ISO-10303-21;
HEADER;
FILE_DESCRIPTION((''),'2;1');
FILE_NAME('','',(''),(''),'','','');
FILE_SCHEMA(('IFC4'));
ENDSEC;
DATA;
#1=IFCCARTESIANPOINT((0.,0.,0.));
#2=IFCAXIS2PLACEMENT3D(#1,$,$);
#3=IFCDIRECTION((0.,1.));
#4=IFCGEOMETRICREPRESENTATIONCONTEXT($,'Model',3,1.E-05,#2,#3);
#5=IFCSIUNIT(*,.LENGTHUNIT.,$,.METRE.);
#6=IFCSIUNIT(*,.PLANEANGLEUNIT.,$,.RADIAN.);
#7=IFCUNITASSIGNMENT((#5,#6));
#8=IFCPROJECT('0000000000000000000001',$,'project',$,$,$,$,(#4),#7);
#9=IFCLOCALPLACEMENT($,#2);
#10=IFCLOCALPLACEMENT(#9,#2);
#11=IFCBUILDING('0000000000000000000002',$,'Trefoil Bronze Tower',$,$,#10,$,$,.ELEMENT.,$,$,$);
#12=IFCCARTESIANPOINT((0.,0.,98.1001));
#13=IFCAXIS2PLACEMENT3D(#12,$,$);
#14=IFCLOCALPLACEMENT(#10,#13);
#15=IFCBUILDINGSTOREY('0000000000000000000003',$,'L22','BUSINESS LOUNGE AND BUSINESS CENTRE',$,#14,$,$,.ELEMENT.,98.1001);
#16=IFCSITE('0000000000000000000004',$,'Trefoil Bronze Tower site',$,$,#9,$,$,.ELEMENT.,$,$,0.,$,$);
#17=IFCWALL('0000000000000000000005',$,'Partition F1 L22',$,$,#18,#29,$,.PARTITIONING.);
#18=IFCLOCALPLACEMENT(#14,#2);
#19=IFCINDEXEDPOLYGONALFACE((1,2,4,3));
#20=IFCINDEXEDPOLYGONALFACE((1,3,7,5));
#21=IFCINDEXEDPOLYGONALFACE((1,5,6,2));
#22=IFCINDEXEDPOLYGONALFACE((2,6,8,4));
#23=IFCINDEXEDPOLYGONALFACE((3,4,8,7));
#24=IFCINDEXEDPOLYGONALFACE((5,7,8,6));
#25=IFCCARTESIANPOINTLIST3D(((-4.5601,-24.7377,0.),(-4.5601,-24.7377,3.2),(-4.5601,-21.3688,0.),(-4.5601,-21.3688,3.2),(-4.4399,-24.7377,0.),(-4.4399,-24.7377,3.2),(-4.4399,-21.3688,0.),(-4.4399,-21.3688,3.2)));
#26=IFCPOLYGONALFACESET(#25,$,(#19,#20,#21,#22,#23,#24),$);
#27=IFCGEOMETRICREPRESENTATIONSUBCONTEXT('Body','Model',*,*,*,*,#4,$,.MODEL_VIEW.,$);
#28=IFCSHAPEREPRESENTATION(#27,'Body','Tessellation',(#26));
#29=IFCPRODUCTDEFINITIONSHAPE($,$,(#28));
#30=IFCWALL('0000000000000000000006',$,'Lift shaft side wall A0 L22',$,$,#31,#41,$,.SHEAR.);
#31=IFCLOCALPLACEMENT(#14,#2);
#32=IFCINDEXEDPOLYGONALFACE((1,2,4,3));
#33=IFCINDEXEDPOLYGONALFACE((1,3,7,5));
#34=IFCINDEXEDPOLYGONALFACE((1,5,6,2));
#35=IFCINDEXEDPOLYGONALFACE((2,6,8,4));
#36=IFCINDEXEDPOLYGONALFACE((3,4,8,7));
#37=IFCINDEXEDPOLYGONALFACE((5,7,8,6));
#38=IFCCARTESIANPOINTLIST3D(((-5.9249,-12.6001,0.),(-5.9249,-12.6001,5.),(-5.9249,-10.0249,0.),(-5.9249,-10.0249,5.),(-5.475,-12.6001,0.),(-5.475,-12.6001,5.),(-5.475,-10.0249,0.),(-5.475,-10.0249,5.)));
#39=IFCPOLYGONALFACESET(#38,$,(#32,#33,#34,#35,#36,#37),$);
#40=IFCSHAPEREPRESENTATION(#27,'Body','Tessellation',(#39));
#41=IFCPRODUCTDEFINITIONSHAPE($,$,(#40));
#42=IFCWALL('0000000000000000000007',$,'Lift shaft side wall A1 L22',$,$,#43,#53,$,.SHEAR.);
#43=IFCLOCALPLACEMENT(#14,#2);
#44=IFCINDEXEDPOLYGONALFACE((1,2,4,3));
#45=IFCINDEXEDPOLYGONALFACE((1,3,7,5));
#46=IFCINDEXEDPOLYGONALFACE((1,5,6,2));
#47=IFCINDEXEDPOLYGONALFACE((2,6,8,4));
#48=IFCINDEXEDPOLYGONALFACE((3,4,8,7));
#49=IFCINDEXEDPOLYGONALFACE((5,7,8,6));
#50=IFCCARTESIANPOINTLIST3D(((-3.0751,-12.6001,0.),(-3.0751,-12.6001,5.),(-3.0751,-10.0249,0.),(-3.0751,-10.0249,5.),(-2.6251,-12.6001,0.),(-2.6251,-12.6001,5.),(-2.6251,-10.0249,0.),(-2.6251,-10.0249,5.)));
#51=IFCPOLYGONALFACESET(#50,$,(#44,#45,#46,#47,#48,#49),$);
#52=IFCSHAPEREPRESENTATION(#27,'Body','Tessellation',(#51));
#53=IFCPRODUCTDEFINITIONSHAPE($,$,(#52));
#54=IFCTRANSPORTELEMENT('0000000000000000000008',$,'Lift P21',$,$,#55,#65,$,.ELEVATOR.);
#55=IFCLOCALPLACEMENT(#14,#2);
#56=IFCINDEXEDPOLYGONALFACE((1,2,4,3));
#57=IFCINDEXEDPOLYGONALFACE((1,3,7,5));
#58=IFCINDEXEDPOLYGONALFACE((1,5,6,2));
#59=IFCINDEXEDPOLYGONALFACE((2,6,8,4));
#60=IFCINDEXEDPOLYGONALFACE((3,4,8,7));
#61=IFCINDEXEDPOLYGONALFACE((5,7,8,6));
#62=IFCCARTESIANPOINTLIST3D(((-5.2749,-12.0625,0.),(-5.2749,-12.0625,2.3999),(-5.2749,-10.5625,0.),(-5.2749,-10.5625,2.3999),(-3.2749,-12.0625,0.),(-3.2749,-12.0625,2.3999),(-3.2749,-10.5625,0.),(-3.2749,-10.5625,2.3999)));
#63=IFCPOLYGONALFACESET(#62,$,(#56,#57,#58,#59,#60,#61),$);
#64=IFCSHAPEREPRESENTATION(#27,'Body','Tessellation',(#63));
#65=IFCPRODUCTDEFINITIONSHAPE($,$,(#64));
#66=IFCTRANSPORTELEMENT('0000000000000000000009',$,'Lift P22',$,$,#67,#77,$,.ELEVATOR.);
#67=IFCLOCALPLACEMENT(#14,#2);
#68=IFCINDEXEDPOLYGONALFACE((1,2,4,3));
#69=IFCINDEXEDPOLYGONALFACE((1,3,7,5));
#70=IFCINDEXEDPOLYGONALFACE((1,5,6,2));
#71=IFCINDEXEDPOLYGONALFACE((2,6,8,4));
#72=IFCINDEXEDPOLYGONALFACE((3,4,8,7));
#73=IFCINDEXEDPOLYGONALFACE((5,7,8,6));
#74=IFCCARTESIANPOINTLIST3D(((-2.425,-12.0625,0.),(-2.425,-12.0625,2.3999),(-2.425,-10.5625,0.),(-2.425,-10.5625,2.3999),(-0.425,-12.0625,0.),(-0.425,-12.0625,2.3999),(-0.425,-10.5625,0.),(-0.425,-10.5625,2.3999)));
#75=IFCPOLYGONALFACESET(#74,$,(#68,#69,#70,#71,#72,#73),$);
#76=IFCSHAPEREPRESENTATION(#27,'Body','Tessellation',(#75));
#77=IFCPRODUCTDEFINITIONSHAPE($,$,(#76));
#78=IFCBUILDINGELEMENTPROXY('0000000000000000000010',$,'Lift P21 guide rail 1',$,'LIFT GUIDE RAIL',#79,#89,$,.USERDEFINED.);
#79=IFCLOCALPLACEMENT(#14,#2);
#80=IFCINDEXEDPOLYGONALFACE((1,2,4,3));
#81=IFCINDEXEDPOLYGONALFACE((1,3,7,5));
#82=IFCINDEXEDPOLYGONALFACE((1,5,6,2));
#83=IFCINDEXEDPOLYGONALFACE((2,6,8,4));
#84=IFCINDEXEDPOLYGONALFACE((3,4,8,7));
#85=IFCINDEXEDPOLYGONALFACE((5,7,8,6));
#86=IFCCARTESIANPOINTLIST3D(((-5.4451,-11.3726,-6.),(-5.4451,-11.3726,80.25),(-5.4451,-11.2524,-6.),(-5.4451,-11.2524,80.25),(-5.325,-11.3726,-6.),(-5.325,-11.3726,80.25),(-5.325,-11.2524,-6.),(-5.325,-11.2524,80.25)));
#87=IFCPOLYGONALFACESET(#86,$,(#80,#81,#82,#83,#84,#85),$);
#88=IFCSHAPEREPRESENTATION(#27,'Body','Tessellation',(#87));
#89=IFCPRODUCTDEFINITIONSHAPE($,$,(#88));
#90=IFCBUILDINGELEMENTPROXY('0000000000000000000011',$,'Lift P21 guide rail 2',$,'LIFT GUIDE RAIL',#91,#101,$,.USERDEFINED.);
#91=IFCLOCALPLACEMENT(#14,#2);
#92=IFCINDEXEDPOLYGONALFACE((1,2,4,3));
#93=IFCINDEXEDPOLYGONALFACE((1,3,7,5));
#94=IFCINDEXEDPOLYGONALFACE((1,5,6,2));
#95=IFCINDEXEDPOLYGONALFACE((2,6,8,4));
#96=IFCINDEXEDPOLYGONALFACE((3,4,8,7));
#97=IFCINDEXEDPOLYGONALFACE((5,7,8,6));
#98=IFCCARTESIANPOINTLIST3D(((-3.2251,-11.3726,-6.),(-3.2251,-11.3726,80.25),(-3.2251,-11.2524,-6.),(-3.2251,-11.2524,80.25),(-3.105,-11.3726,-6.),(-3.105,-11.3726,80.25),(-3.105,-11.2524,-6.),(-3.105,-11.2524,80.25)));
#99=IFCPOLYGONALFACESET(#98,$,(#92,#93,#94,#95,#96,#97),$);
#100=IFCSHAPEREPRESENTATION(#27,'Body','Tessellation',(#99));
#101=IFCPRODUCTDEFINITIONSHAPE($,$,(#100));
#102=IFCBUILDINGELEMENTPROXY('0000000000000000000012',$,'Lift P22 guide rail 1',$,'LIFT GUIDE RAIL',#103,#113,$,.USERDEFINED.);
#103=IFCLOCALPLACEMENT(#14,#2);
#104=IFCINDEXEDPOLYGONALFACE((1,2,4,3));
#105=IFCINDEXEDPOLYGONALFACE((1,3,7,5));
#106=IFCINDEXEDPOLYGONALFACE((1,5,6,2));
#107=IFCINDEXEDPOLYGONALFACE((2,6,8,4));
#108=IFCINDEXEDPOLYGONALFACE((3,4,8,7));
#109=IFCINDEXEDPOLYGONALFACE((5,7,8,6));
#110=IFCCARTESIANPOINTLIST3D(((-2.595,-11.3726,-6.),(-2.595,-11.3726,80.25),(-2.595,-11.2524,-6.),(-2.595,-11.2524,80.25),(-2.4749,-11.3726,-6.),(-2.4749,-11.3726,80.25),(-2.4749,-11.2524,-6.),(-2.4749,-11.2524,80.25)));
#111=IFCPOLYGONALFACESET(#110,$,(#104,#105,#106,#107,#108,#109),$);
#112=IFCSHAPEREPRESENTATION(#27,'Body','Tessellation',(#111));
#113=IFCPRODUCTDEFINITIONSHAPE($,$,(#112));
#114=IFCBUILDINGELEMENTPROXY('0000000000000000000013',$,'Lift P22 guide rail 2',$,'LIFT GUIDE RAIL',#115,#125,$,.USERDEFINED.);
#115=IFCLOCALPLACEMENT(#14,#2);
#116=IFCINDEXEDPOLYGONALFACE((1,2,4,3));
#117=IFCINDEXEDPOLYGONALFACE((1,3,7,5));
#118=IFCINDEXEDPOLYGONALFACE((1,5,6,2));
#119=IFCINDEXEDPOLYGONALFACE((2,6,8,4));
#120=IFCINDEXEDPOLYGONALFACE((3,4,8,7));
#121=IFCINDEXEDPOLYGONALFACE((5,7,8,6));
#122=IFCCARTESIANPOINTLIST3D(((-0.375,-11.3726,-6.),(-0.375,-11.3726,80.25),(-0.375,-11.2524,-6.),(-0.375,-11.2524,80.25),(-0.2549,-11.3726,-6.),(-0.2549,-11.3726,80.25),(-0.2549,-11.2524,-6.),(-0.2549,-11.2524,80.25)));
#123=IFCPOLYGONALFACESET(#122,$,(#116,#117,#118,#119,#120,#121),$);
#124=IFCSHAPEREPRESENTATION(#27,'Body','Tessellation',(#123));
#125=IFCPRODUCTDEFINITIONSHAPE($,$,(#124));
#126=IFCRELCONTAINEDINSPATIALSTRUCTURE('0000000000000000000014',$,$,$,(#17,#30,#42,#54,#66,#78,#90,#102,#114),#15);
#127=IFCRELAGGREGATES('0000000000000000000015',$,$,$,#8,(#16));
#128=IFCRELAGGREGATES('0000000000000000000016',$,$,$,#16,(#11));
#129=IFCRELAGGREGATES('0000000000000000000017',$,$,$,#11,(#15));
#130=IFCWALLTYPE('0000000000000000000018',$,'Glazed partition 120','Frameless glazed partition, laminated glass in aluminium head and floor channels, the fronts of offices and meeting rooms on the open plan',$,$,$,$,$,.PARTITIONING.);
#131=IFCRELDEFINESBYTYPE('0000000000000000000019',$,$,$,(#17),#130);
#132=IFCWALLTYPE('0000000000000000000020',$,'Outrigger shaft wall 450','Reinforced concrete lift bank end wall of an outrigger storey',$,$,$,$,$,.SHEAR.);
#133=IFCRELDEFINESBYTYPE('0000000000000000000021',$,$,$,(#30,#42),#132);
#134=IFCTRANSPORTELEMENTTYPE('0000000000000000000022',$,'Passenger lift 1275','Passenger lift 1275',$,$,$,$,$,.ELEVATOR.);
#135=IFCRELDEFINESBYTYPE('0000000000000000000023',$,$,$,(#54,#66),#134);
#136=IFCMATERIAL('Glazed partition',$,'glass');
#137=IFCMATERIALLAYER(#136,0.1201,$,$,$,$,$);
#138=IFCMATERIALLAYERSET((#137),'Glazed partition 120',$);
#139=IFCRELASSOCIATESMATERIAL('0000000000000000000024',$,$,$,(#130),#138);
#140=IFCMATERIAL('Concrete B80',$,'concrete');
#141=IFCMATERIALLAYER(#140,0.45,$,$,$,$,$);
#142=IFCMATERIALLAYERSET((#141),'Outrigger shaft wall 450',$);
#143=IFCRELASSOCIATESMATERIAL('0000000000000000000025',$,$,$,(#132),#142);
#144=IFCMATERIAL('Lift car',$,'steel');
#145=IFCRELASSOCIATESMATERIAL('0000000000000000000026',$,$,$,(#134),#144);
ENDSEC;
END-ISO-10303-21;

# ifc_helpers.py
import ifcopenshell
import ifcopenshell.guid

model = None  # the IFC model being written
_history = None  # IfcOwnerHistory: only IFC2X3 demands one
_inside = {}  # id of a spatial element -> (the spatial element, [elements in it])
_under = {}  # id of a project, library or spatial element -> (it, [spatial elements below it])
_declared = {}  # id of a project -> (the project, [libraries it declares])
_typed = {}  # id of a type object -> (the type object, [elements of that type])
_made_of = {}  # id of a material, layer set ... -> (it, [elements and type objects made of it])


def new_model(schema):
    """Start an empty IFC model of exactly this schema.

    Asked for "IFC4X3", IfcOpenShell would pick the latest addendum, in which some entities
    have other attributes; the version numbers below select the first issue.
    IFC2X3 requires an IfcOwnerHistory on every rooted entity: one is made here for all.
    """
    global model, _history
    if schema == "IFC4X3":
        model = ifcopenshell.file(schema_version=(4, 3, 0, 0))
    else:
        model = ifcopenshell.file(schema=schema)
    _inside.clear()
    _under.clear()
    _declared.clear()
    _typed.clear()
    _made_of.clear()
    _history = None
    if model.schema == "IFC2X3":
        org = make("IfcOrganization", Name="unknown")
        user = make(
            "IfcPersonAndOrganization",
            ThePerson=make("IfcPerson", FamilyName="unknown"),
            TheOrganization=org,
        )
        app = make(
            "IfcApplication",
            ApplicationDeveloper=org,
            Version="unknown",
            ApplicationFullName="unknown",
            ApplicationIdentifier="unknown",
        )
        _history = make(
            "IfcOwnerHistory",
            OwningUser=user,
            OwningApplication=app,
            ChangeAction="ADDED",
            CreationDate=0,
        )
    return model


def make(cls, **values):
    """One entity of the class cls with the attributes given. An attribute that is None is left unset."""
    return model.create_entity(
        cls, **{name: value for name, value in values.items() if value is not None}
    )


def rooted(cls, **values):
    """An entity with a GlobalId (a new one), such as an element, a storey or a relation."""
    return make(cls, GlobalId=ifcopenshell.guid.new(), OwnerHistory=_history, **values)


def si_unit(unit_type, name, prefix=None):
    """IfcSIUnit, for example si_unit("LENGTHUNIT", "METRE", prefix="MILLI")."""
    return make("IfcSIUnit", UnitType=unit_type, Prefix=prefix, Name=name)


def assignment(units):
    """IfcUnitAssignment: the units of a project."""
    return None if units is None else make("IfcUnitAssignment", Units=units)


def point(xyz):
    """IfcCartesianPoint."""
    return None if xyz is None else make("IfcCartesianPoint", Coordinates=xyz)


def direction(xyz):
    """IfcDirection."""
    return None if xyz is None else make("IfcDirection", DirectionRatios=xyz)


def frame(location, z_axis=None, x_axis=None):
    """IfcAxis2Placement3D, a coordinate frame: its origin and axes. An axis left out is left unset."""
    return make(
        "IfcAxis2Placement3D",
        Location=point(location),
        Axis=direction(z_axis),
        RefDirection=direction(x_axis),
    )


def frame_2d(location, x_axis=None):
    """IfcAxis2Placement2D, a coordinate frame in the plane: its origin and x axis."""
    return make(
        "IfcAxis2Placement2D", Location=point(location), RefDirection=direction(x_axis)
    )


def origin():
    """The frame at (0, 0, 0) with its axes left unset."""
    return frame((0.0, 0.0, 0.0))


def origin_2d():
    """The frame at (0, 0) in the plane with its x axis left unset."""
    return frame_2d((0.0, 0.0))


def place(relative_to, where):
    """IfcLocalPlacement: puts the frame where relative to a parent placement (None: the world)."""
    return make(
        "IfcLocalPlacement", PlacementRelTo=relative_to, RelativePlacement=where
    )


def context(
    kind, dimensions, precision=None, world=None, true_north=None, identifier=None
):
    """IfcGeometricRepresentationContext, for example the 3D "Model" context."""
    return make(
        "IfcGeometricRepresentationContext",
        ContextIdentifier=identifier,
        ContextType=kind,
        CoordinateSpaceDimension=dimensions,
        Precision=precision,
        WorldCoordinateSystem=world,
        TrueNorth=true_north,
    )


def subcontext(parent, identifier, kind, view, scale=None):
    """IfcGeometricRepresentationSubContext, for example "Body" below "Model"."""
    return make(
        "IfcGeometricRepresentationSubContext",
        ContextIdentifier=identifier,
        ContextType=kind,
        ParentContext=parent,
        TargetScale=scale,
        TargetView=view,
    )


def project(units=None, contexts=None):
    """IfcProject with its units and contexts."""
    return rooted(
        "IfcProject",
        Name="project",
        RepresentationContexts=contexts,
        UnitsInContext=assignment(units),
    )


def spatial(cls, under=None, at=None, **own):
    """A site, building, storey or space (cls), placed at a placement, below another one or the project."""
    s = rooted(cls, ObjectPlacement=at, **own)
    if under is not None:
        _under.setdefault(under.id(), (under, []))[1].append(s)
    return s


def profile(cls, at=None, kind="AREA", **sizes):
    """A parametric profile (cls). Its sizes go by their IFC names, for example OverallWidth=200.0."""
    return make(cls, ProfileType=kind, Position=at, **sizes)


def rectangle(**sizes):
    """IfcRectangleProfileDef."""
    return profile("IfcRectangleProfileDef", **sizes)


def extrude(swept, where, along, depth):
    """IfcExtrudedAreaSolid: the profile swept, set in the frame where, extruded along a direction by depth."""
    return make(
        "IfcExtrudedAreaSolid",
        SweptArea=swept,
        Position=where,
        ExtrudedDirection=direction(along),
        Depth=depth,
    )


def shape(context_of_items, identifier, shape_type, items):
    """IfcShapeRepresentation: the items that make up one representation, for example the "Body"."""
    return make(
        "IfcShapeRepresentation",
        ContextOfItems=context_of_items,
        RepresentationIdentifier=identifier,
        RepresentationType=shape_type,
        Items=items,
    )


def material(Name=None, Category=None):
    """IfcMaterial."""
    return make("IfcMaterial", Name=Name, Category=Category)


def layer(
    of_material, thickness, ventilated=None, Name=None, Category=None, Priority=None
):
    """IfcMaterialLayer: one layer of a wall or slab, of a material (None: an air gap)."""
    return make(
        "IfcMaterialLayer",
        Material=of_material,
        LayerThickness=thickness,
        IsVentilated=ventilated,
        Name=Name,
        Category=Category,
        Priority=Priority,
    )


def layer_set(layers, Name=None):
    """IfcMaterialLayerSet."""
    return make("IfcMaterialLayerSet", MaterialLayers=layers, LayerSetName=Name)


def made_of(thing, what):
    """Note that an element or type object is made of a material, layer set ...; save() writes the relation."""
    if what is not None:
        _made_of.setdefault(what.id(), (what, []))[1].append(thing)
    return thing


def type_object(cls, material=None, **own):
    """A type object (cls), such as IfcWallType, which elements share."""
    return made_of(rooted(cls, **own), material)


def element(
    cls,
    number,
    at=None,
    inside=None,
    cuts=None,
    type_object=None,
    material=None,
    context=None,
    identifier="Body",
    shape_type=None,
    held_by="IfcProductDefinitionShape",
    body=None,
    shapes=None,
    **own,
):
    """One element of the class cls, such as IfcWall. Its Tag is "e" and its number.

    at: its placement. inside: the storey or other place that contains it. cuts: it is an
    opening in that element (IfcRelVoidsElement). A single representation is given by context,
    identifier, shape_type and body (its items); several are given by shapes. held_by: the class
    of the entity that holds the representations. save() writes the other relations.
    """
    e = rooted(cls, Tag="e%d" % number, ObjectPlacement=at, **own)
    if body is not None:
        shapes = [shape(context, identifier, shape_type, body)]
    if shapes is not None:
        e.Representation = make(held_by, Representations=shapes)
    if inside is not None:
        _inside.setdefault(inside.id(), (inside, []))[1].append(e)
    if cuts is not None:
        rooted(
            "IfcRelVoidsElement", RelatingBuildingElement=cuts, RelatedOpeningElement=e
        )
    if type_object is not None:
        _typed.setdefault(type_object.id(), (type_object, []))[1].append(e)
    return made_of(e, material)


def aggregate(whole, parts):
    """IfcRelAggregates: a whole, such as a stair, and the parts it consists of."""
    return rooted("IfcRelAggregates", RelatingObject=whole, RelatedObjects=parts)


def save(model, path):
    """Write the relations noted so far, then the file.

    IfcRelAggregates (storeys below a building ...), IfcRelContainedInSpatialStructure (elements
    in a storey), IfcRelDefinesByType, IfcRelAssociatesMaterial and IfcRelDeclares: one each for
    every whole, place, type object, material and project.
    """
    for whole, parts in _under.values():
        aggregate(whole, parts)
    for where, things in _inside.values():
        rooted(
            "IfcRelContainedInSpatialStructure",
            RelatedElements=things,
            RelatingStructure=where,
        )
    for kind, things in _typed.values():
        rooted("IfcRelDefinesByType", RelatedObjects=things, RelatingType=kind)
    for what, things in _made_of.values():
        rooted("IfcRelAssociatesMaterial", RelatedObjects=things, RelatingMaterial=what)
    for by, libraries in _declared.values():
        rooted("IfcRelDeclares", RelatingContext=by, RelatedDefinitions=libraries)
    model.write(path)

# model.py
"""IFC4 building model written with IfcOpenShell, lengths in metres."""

from ifc_helpers import new_model, si_unit, direction, frame, frame_2d, origin, origin_2d, place, context, subcontext, project, spatial, rectangle, extrude, material, layer, layer_set, type_object, element, save


model = new_model("IFC4")

# Units and contexts
model_context = context("Model", 3, precision=1e-05, world=origin(), true_north=direction((0.0, 1.0)))
body_context = subcontext(model_context, "Body", "Model", "MODEL_VIEW")
ifc_project = project(units=[si_unit("LENGTHUNIT", "METRE"), si_unit("PLANEANGLEUNIT", "RADIAN")], contexts=[model_context])

# Site, building, storey
site_placement = place(None, origin())
site = spatial("IfcSite", under=ifc_project, at=site_placement, Name="Trefoil Bronze Tower site", CompositionType="ELEMENT", RefElevation=0.0)
building_placement = place(site_placement, origin())
building = spatial("IfcBuilding", under=site, at=building_placement, Name="Trefoil Bronze Tower", CompositionType="ELEMENT")
storey_placement = place(building_placement, frame((0.0, 0.0, 98.1001)))
storey = spatial("IfcBuildingStorey", under=building, at=storey_placement, Name="L22", Description="BUSINESS LOUNGE AND BUSINESS CENTRE", CompositionType="ELEMENT", Elevation=98.1001)

# Shared definitions
ifc_material_1 = material(Name="Glazed partition", Category="glass")
ifc_layer_1 = layer(ifc_material_1, 0.1201)
ifc_layer_set_1 = layer_set([ifc_layer_1], Name="Glazed partition 120")
wall_type_1 = type_object("IfcWallType", Name="Glazed partition 120", Description="Frameless glazed partition, laminated glass in aluminium head and floor channels, the fronts of offices and meeting rooms on the open plan", PredefinedType="PARTITIONING", material=ifc_layer_set_1)

# Walls
wall_1_placement = place(storey_placement, frame((-4.5, -21.3687, 0.0), z_axis=(0.0, 0.0, 1.0), x_axis=(0.0, -1.0, 0.0)))
element("IfcWall", 1, at=wall_1_placement, inside=storey, type_object=wall_type_1, Name="Partition F1 L22", PredefinedType="PARTITIONING", context=body_context, shape_type="SweptSolid", body=[
    extrude(rectangle(XDim=3.3689, YDim=0.1201, at=frame_2d((1.6846, 0.0))), origin(), (0.0, 0.0, 1.0), 3.2),
])
ifc_material_2 = material(Name="Concrete B80", Category="concrete")
ifc_layer_2 = layer(ifc_material_2, 0.45)
ifc_layer_set_2 = layer_set([ifc_layer_2], Name="Outrigger shaft wall 450")
wall_type_2 = type_object("IfcWallType", Name="Outrigger shaft wall 450", Description="Reinforced concrete lift bank end wall of an outrigger storey", PredefinedType="SHEAR", material=ifc_layer_set_2)
for number, where, z_axis, x_axis, name in (
    (2, (-5.7, -10.0249, 0.0), (0.0, 0.0, 1.0), (0.0, -1.0, 0.0), "Lift shaft side wall A0 L22"),
    (3, (-2.8501, -10.0249, 0.0), (0.0, 0.0, 1.0), (0.0, -1.0, 0.0), "Lift shaft side wall A1 L22"),
):
    element("IfcWall", number, at=place(storey_placement, frame(where, z_axis=z_axis, x_axis=x_axis)), inside=storey, type_object=wall_type_2, Name=name, PredefinedType="SHEAR", context=body_context, shape_type="SweptSolid", body=[
        extrude(rectangle(XDim=2.5752, YDim=0.45, at=frame_2d((1.2876, 0.0))), origin(), (0.0, 0.0, 1.0), 5.0),
    ])

# Transport elements
ifc_material_3 = material(Name="Lift car", Category="steel")
transport_element_type = type_object("IfcTransportElementType", Name="Passenger lift 1275", Description="Passenger lift 1275", PredefinedType="ELEVATOR", material=ifc_material_3)
for number, where, z_axis, x_axis, name in (
    (4, (-4.2749, -11.3125, 0.0), (0.0, 0.0, 1.0), (1.0, 0.0, 0.0), "Lift P21"),
    (5, (-1.425, -11.3125, 0.0), (0.0, 0.0, 1.0), (1.0, 0.0, 0.0), "Lift P22"),
):
    element("IfcTransportElement", number, at=place(storey_placement, frame(where, z_axis=z_axis, x_axis=x_axis)), inside=storey, type_object=transport_element_type, Name=name, PredefinedType="ELEVATOR", context=body_context, shape_type="SweptSolid", body=[
        extrude(rectangle(XDim=2.0, YDim=1.5, at=origin_2d()), origin(), (0.0, 0.0, 1.0), 2.3999),
    ])

# Building element proxies
for number, where, z_axis, x_axis, name in (
    (6, (-5.385, -11.3125, -6.0), (0.0, 0.0, 1.0), (1.0, 0.0, 0.0), "Lift P21 guide rail 1"),
    (7, (-3.165, -11.3125, -6.0), (0.0, 0.0, 1.0), (1.0, 0.0, 0.0), "Lift P21 guide rail 2"),
    (8, (-2.5349, -11.3125, -6.0), (0.0, 0.0, 1.0), (1.0, 0.0, 0.0), "Lift P22 guide rail 1"),
    (9, (-0.3149, -11.3125, -6.0), (0.0, 0.0, 1.0), (1.0, 0.0, 0.0), "Lift P22 guide rail 2"),
):
    element("IfcBuildingElementProxy", number, at=place(storey_placement, frame(where, z_axis=z_axis, x_axis=x_axis)), inside=storey, Name=name, ObjectType="LIFT GUIDE RAIL", PredefinedType="USERDEFINED", context=body_context, shape_type="SweptSolid", body=[
        extrude(rectangle(XDim=0.1201, YDim=0.1201, at=origin_2d()), origin(), (0.0, 0.0, 1.0), 86.25),
    ])

save(model, "model.ifc")
